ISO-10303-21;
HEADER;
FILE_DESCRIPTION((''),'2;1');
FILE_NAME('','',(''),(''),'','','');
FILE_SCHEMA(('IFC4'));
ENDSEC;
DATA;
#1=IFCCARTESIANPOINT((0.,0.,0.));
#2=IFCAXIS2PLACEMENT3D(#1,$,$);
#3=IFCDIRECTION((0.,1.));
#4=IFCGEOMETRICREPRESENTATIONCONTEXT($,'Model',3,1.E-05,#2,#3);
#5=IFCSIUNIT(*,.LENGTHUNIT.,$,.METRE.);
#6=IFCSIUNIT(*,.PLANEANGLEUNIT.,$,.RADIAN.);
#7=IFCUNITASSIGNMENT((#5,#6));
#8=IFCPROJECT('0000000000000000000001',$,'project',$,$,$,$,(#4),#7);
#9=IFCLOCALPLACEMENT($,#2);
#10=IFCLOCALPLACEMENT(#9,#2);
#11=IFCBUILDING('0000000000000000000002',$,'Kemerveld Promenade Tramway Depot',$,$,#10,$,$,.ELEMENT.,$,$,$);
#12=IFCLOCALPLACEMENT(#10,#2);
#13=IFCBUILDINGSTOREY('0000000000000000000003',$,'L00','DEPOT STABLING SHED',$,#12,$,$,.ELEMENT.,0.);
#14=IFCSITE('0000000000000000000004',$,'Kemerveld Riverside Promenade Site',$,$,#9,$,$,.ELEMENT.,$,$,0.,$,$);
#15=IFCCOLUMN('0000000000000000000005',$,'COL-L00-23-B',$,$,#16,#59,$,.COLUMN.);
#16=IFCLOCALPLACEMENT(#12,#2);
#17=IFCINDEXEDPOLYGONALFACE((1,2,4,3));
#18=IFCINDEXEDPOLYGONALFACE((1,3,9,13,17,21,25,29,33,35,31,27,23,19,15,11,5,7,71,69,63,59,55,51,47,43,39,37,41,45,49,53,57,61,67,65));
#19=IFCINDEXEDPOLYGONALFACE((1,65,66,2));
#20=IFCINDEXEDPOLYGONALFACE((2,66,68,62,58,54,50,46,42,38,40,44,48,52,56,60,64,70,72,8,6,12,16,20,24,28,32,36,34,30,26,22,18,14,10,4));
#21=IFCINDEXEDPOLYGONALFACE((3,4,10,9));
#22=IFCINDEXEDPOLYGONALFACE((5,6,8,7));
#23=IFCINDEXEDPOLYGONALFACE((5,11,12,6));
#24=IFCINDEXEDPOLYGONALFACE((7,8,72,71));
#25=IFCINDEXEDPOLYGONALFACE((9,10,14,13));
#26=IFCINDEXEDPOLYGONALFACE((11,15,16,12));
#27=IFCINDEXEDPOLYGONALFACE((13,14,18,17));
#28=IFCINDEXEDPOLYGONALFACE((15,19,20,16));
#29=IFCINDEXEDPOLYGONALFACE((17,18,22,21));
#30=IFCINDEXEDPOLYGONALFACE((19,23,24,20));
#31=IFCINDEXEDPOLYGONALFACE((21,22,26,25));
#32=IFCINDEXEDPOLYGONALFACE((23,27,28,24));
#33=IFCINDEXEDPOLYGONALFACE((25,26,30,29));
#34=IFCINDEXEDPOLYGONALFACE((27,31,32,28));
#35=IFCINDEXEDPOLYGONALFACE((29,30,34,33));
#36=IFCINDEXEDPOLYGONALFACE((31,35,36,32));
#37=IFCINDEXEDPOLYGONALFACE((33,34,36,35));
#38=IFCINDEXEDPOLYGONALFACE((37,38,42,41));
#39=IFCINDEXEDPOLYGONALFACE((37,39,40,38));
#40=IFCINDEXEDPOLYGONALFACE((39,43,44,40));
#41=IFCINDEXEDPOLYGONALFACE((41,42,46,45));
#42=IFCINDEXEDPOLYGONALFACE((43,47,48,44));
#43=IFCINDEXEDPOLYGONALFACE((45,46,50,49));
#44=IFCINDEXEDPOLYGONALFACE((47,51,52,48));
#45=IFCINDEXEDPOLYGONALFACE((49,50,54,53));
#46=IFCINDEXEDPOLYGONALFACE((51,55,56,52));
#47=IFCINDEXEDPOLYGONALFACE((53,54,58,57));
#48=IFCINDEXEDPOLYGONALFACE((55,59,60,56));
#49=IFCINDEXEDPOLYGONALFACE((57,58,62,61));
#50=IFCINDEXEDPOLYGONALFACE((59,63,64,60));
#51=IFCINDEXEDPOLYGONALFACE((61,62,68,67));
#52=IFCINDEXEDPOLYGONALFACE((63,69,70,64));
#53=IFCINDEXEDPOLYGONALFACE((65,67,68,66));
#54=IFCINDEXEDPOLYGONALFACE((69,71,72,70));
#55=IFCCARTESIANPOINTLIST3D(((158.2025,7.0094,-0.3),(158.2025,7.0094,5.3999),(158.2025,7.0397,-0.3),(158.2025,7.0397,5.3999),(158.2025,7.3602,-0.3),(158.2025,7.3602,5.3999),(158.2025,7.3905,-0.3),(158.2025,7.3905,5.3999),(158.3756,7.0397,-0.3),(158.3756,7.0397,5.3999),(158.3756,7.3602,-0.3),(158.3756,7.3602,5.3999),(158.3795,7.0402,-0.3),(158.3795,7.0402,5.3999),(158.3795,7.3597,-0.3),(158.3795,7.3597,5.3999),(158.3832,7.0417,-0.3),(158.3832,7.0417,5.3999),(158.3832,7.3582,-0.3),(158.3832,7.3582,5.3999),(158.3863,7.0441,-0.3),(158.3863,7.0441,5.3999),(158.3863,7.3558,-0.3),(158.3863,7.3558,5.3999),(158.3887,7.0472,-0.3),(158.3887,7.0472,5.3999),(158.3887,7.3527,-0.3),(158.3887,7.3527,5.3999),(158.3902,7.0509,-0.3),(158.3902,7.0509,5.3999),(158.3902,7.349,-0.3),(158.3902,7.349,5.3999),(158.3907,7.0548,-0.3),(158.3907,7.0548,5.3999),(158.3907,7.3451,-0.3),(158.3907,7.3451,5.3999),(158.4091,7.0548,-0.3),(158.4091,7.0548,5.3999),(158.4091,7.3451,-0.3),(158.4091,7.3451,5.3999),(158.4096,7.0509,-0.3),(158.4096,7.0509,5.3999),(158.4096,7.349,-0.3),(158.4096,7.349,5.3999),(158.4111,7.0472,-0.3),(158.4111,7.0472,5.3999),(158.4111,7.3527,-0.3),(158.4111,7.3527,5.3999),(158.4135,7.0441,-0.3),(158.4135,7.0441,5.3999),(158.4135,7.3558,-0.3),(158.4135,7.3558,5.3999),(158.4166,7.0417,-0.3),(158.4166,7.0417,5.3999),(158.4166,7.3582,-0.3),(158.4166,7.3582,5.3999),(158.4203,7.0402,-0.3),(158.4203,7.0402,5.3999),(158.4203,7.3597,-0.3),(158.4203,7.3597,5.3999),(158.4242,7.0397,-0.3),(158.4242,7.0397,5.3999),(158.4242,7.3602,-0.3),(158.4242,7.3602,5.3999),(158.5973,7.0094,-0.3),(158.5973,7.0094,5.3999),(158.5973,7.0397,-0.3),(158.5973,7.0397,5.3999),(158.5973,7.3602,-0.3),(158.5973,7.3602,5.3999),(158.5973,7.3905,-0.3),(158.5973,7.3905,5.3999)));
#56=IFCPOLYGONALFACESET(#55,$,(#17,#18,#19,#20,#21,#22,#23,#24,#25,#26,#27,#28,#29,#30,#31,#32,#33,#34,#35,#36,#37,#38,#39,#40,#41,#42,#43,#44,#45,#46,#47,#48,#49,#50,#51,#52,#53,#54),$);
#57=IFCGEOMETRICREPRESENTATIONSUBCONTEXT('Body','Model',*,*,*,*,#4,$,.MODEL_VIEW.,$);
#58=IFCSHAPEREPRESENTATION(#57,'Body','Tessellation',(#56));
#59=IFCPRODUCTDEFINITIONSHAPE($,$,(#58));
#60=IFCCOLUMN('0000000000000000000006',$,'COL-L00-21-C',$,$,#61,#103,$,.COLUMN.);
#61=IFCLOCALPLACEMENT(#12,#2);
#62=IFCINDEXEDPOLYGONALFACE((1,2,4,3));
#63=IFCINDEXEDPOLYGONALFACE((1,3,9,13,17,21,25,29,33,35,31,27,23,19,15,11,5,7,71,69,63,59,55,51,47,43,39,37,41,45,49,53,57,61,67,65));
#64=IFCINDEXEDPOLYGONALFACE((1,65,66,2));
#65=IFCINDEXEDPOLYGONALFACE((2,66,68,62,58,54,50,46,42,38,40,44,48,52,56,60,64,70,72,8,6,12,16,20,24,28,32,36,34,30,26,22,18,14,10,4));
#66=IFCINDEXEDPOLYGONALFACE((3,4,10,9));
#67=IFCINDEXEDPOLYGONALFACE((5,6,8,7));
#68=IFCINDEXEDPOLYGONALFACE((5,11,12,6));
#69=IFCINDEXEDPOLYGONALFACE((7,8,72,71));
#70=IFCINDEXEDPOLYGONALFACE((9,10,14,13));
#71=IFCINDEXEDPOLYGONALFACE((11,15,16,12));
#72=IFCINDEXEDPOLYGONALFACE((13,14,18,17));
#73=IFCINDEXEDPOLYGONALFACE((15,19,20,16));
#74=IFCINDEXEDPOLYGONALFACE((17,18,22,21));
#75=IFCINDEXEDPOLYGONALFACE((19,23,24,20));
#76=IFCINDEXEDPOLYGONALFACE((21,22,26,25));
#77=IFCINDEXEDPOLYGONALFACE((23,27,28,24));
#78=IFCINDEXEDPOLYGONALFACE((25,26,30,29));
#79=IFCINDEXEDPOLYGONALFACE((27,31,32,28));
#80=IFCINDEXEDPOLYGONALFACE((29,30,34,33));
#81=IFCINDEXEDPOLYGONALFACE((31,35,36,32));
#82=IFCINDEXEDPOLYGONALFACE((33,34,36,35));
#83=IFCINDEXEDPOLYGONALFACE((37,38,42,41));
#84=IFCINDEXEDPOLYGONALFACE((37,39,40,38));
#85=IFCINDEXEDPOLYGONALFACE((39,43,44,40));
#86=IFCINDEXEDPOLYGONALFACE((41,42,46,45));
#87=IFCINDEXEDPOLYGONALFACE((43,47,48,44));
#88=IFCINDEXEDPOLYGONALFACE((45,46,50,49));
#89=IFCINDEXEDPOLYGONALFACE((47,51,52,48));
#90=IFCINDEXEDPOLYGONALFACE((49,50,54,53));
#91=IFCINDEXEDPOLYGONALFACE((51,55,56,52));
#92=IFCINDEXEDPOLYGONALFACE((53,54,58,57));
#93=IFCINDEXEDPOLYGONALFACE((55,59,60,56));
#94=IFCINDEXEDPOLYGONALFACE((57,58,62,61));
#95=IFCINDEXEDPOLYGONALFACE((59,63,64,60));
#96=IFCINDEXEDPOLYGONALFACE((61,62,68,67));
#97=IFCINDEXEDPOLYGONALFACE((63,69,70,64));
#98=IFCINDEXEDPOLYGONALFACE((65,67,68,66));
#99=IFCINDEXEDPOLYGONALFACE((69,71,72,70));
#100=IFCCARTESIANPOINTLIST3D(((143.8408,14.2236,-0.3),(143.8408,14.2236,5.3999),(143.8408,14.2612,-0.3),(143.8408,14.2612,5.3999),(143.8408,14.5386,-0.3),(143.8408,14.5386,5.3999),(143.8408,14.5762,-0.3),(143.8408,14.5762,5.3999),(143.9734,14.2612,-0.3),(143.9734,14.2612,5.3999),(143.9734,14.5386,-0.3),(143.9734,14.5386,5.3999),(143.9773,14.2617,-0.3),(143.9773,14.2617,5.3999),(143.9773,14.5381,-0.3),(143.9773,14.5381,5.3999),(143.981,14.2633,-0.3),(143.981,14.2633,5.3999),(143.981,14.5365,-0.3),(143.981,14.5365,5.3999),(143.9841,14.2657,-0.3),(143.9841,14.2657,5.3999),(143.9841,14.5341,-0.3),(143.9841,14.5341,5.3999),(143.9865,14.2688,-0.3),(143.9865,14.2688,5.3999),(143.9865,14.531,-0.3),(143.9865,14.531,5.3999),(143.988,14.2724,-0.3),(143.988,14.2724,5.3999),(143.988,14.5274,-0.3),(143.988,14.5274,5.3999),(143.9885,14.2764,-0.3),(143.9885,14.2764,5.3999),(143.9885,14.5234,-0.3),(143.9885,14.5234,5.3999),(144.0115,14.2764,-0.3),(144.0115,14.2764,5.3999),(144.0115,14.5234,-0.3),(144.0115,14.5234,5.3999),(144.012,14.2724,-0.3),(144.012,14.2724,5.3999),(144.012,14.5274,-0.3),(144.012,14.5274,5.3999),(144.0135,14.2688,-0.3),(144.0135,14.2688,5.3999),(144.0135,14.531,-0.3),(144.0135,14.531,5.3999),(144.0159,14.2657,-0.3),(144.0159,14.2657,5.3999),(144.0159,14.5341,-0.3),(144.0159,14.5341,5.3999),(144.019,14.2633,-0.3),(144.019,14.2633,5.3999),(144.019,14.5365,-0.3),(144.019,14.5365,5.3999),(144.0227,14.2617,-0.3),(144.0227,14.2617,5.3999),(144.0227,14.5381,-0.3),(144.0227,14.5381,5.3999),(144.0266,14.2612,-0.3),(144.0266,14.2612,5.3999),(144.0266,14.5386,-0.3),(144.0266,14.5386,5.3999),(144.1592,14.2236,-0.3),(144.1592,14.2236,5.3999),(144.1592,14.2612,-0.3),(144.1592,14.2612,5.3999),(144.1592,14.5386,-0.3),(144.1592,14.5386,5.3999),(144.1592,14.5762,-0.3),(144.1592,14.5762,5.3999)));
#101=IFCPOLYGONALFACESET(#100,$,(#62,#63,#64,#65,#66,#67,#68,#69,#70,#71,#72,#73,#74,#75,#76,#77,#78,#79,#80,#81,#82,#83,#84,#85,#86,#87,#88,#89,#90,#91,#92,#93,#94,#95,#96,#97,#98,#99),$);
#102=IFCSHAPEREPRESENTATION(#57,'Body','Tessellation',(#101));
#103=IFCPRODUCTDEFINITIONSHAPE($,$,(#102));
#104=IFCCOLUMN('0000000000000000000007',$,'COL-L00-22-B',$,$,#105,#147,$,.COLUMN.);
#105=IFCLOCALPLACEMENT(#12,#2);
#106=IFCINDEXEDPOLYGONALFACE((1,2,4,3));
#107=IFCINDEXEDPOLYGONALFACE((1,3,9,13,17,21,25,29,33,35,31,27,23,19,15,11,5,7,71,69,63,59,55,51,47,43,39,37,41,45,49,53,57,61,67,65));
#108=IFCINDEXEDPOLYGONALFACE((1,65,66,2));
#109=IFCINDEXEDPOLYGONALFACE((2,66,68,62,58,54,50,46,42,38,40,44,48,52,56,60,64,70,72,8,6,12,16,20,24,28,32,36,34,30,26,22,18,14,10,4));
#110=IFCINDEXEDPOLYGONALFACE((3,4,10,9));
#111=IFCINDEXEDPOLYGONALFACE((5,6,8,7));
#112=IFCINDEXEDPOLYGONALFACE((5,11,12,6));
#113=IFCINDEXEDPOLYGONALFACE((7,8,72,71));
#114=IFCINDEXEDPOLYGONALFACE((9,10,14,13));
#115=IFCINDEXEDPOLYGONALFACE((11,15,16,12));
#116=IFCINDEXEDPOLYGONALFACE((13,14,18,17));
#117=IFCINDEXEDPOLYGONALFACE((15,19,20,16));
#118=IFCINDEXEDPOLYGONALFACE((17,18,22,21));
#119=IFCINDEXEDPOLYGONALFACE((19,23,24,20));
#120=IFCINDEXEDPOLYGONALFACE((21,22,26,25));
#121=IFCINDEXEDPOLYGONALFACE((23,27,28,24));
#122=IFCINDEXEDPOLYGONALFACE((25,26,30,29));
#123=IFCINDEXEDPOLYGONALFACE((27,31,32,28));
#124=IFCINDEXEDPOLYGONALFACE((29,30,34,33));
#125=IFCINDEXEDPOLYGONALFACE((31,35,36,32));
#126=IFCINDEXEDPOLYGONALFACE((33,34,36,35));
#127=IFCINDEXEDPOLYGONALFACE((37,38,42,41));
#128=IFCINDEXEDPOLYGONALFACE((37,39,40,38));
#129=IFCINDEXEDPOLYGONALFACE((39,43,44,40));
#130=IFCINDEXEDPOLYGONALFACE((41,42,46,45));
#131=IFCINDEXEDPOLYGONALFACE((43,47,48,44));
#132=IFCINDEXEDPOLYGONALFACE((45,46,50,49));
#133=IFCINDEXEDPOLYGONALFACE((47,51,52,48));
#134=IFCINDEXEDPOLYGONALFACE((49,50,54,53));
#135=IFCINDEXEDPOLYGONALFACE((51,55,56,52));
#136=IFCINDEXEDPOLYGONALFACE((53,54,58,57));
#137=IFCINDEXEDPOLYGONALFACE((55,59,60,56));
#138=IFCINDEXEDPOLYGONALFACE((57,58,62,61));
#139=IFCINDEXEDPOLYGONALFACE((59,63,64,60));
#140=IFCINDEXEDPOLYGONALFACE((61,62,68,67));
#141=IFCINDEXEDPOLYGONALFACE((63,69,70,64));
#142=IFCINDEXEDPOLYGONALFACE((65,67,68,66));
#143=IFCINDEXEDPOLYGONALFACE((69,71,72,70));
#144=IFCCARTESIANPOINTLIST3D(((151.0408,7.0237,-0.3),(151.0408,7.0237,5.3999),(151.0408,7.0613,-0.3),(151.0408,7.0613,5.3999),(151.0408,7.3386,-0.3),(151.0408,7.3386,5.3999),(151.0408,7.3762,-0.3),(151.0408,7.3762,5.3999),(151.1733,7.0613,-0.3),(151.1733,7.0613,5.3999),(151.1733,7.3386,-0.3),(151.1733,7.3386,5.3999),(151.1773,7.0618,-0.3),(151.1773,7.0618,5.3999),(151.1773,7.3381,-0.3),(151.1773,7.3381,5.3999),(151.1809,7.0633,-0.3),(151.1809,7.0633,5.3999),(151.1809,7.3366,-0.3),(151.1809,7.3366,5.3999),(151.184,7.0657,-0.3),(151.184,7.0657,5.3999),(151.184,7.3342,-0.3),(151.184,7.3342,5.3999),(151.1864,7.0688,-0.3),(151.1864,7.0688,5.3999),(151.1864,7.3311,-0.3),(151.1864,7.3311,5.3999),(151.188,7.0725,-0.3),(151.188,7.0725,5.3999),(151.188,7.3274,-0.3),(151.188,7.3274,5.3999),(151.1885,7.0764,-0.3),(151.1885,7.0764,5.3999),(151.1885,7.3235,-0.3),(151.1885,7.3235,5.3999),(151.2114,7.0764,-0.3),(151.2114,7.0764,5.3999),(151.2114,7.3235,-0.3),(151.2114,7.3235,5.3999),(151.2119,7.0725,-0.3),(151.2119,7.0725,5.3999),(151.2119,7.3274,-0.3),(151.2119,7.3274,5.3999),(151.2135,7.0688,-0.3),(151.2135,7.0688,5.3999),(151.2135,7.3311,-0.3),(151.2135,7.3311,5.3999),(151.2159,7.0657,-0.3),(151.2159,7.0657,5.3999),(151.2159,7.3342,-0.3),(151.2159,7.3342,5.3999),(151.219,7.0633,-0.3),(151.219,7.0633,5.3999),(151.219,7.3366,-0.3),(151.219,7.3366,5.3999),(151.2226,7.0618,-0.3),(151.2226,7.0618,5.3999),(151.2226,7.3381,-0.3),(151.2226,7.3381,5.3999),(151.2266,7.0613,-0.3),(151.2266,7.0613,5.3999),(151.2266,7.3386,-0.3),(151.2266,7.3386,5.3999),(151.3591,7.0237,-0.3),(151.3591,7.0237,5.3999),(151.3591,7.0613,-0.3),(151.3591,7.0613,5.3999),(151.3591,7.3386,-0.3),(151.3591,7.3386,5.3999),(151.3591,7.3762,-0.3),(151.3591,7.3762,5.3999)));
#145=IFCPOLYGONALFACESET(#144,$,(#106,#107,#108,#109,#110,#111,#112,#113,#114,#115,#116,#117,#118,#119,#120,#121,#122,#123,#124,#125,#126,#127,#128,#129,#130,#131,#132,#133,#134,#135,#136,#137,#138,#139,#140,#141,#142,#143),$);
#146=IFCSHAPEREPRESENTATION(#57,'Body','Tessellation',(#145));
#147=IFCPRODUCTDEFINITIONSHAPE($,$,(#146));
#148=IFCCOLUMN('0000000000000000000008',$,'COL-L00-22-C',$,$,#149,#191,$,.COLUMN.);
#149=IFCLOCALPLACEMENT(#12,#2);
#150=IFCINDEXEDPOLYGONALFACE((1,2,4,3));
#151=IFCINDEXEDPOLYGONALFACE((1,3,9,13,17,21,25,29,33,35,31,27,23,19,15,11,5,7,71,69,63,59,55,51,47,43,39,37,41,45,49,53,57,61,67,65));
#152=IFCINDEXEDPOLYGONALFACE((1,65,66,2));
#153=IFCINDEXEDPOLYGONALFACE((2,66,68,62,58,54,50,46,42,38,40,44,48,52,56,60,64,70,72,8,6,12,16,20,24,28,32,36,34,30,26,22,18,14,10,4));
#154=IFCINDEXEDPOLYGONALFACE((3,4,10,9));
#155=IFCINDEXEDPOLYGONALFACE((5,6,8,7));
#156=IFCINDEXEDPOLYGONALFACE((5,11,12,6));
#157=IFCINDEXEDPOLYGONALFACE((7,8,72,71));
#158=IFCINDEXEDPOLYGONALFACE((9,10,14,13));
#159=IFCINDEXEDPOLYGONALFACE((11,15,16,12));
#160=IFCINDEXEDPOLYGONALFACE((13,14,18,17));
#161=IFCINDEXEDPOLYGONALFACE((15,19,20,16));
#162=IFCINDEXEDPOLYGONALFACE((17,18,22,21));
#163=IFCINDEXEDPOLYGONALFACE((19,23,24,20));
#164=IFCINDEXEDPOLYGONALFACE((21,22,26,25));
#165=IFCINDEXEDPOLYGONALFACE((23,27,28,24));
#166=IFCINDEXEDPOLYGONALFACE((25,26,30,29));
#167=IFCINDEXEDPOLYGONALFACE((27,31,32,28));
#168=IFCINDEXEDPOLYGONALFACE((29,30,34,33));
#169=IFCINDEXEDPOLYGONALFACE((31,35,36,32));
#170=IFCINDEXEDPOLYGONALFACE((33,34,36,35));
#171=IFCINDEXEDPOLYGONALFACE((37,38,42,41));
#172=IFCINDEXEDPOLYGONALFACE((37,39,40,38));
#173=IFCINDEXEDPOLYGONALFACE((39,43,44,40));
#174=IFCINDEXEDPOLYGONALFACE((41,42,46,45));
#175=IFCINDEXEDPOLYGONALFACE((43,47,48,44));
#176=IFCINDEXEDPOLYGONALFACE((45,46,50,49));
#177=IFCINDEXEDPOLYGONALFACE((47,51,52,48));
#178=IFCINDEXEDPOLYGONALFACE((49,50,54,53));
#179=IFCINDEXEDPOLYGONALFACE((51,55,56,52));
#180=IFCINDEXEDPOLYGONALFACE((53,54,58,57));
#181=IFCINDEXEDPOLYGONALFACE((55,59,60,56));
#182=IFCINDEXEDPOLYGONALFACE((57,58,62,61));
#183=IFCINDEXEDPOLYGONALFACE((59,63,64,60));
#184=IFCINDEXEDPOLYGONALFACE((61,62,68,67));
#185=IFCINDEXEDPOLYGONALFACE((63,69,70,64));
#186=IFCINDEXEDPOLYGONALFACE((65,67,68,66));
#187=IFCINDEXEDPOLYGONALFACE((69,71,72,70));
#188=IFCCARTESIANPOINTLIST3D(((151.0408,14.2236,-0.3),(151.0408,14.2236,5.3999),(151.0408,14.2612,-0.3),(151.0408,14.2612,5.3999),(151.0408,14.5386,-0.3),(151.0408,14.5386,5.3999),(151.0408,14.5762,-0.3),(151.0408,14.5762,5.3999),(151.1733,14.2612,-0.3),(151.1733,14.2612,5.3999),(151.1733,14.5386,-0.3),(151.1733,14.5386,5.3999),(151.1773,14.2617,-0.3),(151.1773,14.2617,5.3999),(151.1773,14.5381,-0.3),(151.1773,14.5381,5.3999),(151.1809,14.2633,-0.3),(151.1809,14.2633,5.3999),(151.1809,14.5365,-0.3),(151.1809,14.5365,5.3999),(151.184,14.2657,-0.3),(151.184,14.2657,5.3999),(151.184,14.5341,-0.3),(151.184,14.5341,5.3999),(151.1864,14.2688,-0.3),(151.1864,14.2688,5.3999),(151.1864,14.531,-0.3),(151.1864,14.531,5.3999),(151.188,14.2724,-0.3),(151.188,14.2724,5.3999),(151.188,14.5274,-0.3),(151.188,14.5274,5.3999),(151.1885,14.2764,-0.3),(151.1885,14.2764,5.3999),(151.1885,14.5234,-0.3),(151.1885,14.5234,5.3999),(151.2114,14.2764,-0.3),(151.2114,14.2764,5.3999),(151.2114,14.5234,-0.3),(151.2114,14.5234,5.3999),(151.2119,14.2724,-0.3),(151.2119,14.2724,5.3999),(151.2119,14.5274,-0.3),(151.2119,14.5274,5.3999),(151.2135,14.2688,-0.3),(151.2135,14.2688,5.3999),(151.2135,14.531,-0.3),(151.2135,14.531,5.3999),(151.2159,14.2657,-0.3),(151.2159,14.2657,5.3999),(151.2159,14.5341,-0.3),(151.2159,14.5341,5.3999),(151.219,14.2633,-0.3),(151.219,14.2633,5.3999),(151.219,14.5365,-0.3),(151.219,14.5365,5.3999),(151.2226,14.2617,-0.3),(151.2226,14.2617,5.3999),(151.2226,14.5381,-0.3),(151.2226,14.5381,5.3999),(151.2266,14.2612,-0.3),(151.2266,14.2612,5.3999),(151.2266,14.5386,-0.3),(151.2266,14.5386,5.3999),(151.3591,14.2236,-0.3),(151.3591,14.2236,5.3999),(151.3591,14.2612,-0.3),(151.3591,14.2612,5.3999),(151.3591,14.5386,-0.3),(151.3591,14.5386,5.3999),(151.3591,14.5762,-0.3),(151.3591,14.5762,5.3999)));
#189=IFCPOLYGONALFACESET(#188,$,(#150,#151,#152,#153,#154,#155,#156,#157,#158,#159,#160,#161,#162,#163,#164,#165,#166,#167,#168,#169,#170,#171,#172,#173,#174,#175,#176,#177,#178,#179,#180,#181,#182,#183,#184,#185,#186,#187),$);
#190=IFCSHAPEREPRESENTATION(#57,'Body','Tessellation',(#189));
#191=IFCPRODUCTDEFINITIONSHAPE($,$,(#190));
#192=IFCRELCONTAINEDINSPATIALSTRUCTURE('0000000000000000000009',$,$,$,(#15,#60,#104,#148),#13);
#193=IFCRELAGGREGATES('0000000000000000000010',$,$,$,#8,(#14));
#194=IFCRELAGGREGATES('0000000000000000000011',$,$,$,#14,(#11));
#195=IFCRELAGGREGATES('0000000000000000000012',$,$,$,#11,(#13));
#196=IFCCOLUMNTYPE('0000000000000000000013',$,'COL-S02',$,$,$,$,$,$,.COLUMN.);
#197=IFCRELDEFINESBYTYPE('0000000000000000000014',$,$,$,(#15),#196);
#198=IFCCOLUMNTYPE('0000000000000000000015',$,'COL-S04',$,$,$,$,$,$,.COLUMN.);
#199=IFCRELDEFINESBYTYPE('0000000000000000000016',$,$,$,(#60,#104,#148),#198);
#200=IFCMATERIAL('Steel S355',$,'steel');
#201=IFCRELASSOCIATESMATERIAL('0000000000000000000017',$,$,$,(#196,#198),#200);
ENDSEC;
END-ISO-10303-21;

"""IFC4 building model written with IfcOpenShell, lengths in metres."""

from ifc_helpers import new_model, si_unit, direction, frame, origin, origin_2d, place, context, subcontext, project, spatial, i_section, extrude, material, material_profile, profile_set, type_object, element, save


model = new_model("IFC4")

# Units and contexts
model_context = context("Model", 3, precision=1e-05, world=origin(), true_north=direction((0.0, 1.0)))
body_context = subcontext(model_context, "Body", "Model", "MODEL_VIEW")
ifc_project = project(units=[si_unit("LENGTHUNIT", "METRE"), si_unit("PLANEANGLEUNIT", "RADIAN")], contexts=[model_context])

# Site, building, storey
site_placement = place(None, origin())
site = spatial("IfcSite", under=ifc_project, at=site_placement, Name="Kemerveld Riverside Promenade Site", CompositionType="ELEMENT", RefElevation=0.0)
building_placement = place(site_placement, origin())
building = spatial("IfcBuilding", under=site, at=building_placement, Name="Kemerveld Promenade Tramway Depot", CompositionType="ELEMENT")
storey_placement = place(building_placement, origin())
storey = spatial("IfcBuildingStorey", under=building, at=storey_placement, Name="L00", Description="DEPOT STABLING SHED", CompositionType="ELEMENT", Elevation=0.0)

# Columns
ifc_material_1 = material(Name="Steel S355", Category="steel")
ifc_material_profile_1 = material_profile(ifc_material_1, i_section(OverallWidth=0.3948, OverallDepth=0.3811, WebThickness=0.0183, FlangeThickness=0.0303, FilletRadius=0.0151, at=origin_2d()), Name="356x406x235 UC")
ifc_profile_set_1 = profile_set([ifc_material_profile_1], Name="Steel S355")
column_type_1 = type_object("IfcColumnType", Name="COL-S02", PredefinedType="COLUMN", material=ifc_profile_set_1)
column_placement = place(storey_placement, frame((158.3999, 7.2, -0.3), z_axis=(0.0, 0.0, 1.0), x_axis=(1.0, 0.0, 0.0)))
element("IfcColumn", 1, at=column_placement, inside=storey, type_object=column_type_1, Name="COL-L00-23-B", PredefinedType="COLUMN", context=body_context, shape_type="SweptSolid", body=[
    extrude(i_section(OverallWidth=0.3948, OverallDepth=0.3811, WebThickness=0.0183, FlangeThickness=0.0303, FilletRadius=0.0151, at=origin_2d()), origin(), (0.0, 0.0, 1.0), 5.7),
])
ifc_material_profile_2 = material_profile(ifc_material_1, i_section(OverallWidth=0.3184, OverallDepth=0.3525, WebThickness=0.0229, FlangeThickness=0.0376, FilletRadius=0.0151, at=origin_2d()), Name="305x305x240 UC")
ifc_profile_set_2 = profile_set([ifc_material_profile_2], Name="Steel S355")
column_type_2 = type_object("IfcColumnType", Name="COL-S04", PredefinedType="COLUMN", material=ifc_profile_set_2)
for number, where, z_axis, x_axis, name in (
    (2, (144.0, 14.3999, -0.3), (0.0, 0.0, 1.0), (1.0, 0.0, 0.0), "COL-L00-21-C"),
    (3, (151.2, 7.2, -0.3), (0.0, 0.0, 1.0), (1.0, 0.0, 0.0), "COL-L00-22-B"),
    (4, (151.2, 14.3999, -0.3), (0.0, 0.0, 1.0), (1.0, 0.0, 0.0), "COL-L00-22-C"),
):
    element("IfcColumn", number, at=place(storey_placement, frame(where, z_axis=z_axis, x_axis=x_axis)), inside=storey, type_object=column_type_2, Name=name, PredefinedType="COLUMN", context=body_context, shape_type="SweptSolid", body=[
        extrude(i_section(OverallWidth=0.3184, OverallDepth=0.3525, WebThickness=0.0229, FlangeThickness=0.0376, FilletRadius=0.0151, at=origin_2d()), origin(), (0.0, 0.0, 1.0), 5.7),
    ])

save(model, "model.ifc")
